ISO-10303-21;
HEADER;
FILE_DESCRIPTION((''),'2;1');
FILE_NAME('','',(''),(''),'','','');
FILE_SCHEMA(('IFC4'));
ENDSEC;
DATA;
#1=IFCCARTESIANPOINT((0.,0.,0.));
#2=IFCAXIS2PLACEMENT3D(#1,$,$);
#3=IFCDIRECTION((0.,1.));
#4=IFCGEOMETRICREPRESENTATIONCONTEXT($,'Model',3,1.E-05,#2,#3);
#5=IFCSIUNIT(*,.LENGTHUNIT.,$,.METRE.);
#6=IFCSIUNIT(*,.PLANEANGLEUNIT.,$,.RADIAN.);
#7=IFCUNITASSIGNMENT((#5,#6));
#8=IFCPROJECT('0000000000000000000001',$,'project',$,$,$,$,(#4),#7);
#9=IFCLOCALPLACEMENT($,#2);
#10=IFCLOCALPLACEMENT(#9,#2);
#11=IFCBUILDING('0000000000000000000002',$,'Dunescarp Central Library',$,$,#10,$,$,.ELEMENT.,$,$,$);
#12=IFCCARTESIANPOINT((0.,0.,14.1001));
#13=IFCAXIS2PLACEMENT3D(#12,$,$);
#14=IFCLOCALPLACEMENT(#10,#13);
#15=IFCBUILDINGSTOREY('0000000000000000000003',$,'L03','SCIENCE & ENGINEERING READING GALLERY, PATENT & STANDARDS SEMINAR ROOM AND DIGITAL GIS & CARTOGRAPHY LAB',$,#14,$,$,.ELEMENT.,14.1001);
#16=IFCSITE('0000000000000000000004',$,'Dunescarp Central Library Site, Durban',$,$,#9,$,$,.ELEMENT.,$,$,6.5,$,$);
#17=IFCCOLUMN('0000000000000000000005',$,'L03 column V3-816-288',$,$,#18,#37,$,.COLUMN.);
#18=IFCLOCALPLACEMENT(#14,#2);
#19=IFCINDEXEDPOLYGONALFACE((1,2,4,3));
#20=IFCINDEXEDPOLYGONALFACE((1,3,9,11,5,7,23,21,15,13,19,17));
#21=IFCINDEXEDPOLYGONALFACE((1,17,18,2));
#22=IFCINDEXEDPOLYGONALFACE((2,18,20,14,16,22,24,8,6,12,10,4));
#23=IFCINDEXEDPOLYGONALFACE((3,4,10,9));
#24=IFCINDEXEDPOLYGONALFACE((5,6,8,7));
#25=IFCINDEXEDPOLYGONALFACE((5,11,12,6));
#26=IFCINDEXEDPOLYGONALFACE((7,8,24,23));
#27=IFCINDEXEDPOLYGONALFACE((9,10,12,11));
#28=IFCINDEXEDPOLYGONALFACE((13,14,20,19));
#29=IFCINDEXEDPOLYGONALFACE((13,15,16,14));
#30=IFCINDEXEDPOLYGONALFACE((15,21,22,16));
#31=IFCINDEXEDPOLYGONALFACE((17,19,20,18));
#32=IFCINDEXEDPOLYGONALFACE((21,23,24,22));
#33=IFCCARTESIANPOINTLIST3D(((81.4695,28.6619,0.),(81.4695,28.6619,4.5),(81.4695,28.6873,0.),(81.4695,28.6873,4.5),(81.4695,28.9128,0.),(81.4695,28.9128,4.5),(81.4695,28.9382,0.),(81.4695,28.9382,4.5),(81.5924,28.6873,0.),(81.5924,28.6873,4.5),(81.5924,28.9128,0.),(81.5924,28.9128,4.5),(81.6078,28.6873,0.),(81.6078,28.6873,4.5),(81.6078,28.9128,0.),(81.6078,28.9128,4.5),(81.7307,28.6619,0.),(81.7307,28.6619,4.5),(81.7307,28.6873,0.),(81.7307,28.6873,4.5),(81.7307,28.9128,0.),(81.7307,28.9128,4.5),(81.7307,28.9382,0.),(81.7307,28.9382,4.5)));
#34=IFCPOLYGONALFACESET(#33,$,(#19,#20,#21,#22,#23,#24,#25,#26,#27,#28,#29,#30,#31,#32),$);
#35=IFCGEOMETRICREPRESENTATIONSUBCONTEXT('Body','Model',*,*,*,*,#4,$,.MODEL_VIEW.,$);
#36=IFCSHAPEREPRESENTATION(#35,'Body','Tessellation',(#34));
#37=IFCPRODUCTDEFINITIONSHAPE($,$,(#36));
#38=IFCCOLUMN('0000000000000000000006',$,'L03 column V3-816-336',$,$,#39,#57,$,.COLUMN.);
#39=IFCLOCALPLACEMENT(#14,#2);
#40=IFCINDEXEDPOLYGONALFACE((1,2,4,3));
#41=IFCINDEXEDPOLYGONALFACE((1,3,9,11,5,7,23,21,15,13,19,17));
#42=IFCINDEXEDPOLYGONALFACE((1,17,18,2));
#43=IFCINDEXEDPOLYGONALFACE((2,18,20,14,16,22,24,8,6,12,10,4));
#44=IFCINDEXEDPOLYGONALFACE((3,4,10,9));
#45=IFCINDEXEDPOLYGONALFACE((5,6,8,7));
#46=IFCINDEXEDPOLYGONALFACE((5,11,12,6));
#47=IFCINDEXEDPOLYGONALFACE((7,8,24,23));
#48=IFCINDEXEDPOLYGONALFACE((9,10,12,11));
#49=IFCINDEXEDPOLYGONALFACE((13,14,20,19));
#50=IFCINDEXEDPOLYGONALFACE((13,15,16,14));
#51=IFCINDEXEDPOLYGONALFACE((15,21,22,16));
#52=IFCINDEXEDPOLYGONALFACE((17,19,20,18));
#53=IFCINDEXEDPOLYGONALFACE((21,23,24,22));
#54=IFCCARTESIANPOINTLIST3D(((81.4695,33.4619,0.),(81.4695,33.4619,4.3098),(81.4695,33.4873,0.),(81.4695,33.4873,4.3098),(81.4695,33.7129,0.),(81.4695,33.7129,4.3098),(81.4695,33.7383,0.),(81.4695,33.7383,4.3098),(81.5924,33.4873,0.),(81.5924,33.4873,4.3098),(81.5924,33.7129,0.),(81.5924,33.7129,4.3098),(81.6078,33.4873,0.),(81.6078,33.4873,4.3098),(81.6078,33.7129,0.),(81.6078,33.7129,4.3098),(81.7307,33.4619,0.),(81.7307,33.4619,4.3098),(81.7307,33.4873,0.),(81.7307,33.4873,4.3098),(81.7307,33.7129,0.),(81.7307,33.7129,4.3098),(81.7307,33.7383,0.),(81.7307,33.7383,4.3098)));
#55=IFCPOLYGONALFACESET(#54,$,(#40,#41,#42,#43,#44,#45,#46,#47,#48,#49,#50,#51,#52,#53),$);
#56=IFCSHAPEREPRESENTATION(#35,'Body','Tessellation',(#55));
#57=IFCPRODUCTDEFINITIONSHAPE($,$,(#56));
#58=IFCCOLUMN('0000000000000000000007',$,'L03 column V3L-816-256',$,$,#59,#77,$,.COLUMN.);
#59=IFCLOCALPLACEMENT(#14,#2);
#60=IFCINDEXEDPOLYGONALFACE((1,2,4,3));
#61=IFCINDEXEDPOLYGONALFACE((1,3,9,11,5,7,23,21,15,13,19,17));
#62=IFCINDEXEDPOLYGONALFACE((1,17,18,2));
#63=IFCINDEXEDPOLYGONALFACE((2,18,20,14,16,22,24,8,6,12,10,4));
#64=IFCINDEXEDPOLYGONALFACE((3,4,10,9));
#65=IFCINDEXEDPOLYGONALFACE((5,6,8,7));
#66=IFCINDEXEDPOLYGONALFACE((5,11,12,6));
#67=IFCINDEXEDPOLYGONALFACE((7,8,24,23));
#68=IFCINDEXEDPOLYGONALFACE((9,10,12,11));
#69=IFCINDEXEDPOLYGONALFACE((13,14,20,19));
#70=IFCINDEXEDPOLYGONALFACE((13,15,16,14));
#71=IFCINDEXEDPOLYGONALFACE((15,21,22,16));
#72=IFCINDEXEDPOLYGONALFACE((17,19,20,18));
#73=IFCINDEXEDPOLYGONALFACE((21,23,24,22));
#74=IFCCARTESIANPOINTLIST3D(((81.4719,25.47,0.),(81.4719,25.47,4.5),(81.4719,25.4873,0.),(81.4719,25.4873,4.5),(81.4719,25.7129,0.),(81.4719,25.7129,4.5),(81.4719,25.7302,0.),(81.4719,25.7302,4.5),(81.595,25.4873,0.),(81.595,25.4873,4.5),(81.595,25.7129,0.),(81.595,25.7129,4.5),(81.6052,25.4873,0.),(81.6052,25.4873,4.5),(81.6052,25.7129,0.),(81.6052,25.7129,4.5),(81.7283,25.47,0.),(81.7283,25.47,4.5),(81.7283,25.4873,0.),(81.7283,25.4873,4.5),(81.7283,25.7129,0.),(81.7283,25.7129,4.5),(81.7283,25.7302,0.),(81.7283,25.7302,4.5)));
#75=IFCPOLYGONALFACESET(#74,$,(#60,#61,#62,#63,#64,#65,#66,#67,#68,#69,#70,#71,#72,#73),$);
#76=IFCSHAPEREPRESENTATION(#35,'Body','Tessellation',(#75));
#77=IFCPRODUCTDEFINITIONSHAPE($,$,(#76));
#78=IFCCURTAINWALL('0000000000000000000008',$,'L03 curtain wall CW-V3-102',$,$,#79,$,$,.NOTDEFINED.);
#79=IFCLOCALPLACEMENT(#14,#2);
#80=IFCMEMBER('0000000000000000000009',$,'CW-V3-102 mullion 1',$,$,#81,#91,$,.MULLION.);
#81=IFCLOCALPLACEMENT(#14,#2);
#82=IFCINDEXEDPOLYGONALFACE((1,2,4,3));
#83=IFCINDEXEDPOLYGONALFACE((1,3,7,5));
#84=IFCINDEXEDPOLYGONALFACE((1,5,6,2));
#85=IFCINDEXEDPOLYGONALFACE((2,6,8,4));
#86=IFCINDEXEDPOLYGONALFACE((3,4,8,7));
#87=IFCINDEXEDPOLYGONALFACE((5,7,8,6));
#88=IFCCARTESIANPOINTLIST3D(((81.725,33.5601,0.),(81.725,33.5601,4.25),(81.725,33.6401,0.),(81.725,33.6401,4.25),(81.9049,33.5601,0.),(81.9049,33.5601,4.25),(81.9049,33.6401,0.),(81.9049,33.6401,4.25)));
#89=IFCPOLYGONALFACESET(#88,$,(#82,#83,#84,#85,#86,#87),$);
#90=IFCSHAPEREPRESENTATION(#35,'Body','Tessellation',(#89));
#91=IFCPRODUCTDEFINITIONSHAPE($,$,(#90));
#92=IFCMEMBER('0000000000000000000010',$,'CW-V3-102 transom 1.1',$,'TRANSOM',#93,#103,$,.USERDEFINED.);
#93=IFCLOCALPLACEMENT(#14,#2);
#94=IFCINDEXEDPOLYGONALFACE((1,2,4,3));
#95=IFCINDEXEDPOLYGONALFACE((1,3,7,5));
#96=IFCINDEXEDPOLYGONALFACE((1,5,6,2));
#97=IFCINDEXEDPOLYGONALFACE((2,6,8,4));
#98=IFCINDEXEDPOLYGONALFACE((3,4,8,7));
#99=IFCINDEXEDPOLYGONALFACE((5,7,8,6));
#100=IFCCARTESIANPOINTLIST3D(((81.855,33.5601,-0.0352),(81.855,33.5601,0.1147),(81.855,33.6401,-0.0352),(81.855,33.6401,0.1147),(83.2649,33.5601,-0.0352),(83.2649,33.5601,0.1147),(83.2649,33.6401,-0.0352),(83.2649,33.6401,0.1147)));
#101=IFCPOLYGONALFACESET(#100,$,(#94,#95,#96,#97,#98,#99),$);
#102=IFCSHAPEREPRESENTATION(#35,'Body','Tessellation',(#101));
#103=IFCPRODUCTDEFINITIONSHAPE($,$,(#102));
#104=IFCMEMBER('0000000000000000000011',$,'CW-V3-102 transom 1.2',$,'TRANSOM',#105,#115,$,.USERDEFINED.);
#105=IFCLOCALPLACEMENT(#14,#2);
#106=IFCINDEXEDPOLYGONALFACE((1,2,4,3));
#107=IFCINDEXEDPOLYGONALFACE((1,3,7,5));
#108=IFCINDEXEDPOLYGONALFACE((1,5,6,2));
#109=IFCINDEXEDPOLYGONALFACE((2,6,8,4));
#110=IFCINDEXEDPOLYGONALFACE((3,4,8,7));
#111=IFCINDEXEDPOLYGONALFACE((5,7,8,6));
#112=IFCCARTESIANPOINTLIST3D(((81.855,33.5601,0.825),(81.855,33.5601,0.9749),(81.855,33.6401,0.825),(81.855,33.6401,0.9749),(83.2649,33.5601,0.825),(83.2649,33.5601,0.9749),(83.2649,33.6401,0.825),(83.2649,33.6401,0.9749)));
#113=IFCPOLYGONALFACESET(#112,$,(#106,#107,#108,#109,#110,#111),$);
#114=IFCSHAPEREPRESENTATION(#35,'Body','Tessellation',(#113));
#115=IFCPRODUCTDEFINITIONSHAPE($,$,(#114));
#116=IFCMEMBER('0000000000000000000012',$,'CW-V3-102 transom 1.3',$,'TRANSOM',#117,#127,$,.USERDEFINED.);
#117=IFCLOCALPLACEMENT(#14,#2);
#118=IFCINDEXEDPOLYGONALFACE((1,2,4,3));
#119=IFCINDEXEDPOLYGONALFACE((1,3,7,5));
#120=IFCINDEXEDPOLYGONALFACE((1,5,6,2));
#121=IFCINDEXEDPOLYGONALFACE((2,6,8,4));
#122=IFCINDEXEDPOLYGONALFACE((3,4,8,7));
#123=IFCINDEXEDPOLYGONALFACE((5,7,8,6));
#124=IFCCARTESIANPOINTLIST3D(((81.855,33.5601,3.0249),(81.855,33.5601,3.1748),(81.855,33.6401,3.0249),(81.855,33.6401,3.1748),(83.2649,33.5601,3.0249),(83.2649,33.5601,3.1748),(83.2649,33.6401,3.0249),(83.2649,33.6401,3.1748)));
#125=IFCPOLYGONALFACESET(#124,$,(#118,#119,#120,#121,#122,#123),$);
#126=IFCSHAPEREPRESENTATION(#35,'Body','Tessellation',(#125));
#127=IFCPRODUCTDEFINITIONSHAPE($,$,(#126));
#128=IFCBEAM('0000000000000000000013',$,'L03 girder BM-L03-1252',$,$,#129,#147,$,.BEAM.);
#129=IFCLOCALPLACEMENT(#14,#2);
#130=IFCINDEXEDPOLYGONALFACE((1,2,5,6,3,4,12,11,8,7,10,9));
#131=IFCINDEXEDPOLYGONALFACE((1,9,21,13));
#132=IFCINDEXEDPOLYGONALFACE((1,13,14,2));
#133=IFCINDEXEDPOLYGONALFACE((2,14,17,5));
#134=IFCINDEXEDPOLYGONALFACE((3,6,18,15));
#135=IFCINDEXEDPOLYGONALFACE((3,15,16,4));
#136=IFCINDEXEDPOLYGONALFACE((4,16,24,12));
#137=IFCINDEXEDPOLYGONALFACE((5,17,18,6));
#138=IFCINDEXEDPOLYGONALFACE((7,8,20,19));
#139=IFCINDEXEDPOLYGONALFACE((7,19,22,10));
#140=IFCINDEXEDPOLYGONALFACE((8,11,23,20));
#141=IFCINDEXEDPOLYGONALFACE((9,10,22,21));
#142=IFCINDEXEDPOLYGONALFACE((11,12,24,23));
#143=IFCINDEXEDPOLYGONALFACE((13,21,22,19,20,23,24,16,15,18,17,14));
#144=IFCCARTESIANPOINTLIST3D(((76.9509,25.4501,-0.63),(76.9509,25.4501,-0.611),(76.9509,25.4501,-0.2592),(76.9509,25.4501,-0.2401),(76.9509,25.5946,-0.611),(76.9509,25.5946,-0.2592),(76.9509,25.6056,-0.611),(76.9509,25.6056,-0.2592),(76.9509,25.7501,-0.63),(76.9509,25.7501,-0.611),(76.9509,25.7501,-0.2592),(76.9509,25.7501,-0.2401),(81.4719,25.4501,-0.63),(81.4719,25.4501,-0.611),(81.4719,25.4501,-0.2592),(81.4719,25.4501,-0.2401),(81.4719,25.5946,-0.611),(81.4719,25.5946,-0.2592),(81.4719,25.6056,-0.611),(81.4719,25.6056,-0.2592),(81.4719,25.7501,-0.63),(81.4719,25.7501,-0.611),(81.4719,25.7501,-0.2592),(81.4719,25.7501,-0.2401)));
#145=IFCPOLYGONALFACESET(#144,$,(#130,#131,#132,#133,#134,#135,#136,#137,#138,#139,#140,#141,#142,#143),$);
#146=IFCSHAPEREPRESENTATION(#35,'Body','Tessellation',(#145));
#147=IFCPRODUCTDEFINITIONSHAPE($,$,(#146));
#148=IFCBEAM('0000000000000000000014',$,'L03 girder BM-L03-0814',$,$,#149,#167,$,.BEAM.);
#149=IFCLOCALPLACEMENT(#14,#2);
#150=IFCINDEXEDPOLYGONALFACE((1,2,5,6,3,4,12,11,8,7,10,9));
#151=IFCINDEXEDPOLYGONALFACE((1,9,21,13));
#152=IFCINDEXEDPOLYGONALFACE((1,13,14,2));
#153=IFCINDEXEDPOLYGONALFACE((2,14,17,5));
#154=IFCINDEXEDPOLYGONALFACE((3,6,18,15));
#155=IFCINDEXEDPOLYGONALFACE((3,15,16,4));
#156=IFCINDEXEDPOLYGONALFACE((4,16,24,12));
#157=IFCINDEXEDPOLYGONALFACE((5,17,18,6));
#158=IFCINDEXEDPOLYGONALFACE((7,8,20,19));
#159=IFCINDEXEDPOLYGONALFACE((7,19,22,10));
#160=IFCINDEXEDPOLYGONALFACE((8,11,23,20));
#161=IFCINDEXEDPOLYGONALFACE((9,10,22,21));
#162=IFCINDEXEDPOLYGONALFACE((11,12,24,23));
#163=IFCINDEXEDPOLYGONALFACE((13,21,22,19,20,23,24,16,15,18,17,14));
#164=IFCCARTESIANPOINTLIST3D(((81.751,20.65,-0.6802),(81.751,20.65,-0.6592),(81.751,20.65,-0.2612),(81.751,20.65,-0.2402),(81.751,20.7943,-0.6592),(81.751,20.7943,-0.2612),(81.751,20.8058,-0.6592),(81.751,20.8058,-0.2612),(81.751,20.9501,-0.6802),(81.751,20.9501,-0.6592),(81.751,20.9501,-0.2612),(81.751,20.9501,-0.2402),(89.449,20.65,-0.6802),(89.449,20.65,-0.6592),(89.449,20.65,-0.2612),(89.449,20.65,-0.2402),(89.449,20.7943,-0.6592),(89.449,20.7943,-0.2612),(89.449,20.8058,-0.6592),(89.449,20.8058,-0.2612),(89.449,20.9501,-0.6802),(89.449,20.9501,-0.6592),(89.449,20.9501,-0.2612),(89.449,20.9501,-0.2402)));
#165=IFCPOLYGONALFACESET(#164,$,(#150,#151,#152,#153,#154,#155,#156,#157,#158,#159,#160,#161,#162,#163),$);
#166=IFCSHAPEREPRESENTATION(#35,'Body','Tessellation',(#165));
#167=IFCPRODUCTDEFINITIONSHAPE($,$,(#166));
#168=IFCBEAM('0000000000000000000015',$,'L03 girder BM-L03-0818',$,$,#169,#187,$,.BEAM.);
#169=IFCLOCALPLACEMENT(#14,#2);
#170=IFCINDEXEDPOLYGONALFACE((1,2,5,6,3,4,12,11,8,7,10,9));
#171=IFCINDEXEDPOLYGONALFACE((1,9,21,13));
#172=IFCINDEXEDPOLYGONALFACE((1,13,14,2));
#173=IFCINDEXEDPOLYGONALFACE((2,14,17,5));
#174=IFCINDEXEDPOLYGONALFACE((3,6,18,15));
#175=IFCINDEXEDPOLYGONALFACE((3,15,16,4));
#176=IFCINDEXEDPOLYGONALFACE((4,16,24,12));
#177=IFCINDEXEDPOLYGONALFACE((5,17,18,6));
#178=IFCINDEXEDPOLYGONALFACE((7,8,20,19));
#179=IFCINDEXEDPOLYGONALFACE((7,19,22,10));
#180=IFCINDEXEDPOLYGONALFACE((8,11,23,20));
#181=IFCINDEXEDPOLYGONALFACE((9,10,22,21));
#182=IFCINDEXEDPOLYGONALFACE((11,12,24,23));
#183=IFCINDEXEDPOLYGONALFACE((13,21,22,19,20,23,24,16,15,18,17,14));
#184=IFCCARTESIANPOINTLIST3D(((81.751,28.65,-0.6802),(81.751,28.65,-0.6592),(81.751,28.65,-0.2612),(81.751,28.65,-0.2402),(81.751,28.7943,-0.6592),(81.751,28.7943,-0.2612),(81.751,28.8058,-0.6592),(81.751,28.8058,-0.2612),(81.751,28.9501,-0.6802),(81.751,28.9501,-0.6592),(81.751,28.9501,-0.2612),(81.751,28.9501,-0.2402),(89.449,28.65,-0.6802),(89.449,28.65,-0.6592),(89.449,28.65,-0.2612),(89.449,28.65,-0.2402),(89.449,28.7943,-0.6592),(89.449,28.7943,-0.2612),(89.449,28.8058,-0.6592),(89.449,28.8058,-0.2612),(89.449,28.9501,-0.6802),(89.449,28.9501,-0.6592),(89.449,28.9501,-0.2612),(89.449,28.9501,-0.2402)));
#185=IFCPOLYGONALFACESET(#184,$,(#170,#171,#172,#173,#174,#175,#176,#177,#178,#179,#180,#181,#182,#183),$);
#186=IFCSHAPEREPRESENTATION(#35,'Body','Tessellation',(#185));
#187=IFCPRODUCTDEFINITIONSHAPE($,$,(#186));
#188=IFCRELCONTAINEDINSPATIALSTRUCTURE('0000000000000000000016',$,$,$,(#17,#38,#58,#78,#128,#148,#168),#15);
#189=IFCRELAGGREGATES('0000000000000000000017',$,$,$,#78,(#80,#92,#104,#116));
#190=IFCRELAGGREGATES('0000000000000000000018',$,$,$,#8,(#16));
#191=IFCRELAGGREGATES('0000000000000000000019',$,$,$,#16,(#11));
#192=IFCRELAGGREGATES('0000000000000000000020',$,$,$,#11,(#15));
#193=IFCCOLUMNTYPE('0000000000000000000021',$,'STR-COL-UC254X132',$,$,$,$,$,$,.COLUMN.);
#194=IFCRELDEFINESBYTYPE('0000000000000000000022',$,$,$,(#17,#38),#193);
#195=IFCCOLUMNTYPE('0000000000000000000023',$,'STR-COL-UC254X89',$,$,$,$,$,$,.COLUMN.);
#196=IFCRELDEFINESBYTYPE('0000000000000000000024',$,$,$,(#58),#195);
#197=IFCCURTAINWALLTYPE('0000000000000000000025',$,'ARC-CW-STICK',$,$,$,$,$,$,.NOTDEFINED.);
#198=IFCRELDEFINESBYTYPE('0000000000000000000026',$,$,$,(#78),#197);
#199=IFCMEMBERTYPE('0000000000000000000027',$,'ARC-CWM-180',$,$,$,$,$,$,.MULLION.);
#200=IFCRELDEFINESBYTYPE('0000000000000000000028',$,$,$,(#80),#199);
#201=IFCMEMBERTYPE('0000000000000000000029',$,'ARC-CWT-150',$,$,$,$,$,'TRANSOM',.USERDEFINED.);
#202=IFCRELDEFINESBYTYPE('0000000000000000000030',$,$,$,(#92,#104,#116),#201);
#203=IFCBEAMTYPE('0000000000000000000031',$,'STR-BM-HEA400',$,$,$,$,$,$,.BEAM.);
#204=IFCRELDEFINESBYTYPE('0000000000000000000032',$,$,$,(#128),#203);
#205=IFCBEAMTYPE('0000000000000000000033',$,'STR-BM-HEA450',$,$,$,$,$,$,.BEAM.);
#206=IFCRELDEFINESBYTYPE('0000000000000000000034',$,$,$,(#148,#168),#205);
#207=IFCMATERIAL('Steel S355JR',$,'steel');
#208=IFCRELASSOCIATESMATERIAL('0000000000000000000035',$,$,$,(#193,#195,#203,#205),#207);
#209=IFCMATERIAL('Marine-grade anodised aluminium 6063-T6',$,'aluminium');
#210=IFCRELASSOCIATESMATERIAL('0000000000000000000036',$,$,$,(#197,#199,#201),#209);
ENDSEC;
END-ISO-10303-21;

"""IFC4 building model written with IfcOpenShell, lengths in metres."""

from ifc_helpers import new_model, si_unit, direction, frame, origin, origin_2d, place, context, subcontext, project, spatial, rectangle, i_section, extrude, material, material_profile, profile_set, type_object, element, aggregate, save


model = new_model("IFC4")

# Units and contexts
model_context = context("Model", 3, precision=1e-05, world=origin(), true_north=direction((0.0, 1.0)))
body_context = subcontext(model_context, "Body", "Model", "MODEL_VIEW")
ifc_project = project(units=[si_unit("LENGTHUNIT", "METRE"), si_unit("PLANEANGLEUNIT", "RADIAN")], contexts=[model_context])

# Site, building, storey
site_placement = place(None, origin())
site = spatial("IfcSite", under=ifc_project, at=site_placement, Name="Dunescarp Central Library Site, Durban", CompositionType="ELEMENT", RefElevation=6.5)
building_placement = place(site_placement, origin())
building = spatial("IfcBuilding", under=site, at=building_placement, Name="Dunescarp Central Library", CompositionType="ELEMENT")
storey_placement = place(building_placement, frame((0.0, 0.0, 14.1001)))
storey = spatial("IfcBuildingStorey", under=building, at=storey_placement, Name="L03", Description="SCIENCE & ENGINEERING READING GALLERY, PATENT & STANDARDS SEMINAR ROOM AND DIGITAL GIS & CARTOGRAPHY LAB", CompositionType="ELEMENT", Elevation=14.1001)

# Columns
ifc_material_1 = material(Name="Steel S355JR", Category="steel")
ifc_material_profile_1 = material_profile(ifc_material_1, i_section(OverallWidth=0.2612, OverallDepth=0.2764, WebThickness=0.0154, FlangeThickness=0.0254, at=origin_2d()), Name="UC 254x254x132")
ifc_profile_set_1 = profile_set([ifc_material_profile_1], Name="Steel S355JR")
column_type_1 = type_object("IfcColumnType", Name="STR-COL-UC254X132", PredefinedType="COLUMN", material=ifc_profile_set_1)
column_1_placement = place(storey_placement, frame((81.6001, 28.8, 0.0), z_axis=(0.0, 0.0, 1.0), x_axis=(1.0, 0.0, 0.0)))
element("IfcColumn", 1, at=column_1_placement, inside=storey, type_object=column_type_1, Name="L03 column V3-816-288", PredefinedType="COLUMN", context=body_context, shape_type="SweptSolid", body=[
    extrude(i_section(OverallWidth=0.2612, OverallDepth=0.2764, WebThickness=0.0154, FlangeThickness=0.0254, at=origin_2d()), origin(), (0.0, 0.0, 1.0), 4.5),
])
column_2_placement = place(storey_placement, frame((81.6001, 33.6001, 0.0), z_axis=(0.0, 0.0, 1.0), x_axis=(1.0, 0.0, 0.0)))
element("IfcColumn", 2, at=column_2_placement, inside=storey, type_object=column_type_1, Name="L03 column V3-816-336", PredefinedType="COLUMN", context=body_context, shape_type="SweptSolid", body=[
    extrude(i_section(OverallWidth=0.2612, OverallDepth=0.2764, WebThickness=0.0154, FlangeThickness=0.0254, at=origin_2d()), origin(), (0.0, 0.0, 1.0), 4.3098),
])
ifc_material_profile_2 = material_profile(ifc_material_1, i_section(OverallWidth=0.2563, OverallDepth=0.2603, WebThickness=0.0103, FlangeThickness=0.0173, at=origin_2d()), Name="UC 254x254x89")
ifc_profile_set_2 = profile_set([ifc_material_profile_2], Name="Steel S355JR")
column_type_2 = type_object("IfcColumnType", Name="STR-COL-UC254X89", PredefinedType="COLUMN", material=ifc_profile_set_2)
column_3_placement = place(storey_placement, frame((81.6001, 25.6001, 0.0), z_axis=(0.0, 0.0, 1.0), x_axis=(1.0, 0.0, 0.0)))
element("IfcColumn", 3, at=column_3_placement, inside=storey, type_object=column_type_2, Name="L03 column V3L-816-256", PredefinedType="COLUMN", context=body_context, shape_type="SweptSolid", body=[
    extrude(i_section(OverallWidth=0.2563, OverallDepth=0.2603, WebThickness=0.0103, FlangeThickness=0.0173, at=origin_2d()), origin(), (0.0, 0.0, 1.0), 4.5),
])

# Curtain wall, members
ifc_material_2 = material(Name="Marine-grade anodised aluminium 6063-T6", Category="aluminium")
curtain_wall_type = type_object("IfcCurtainWallType", Name="ARC-CW-STICK", PredefinedType="NOTDEFINED", material=ifc_material_2)
curtain_wall_placement = place(storey_placement, origin())
curtain_wall = element("IfcCurtainWall", 4, at=curtain_wall_placement, inside=storey, type_object=curtain_wall_type, Name="L03 curtain wall CW-V3-102", PredefinedType="NOTDEFINED")
ifc_material_profile_3 = material_profile(ifc_material_2, rectangle(XDim=0.0801, YDim=0.1799, at=origin_2d()), Name="AL 80x180")
ifc_profile_set_3 = profile_set([ifc_material_profile_3], Name="Marine-grade anodised aluminium 6063-T6")
member_type_1 = type_object("IfcMemberType", Name="ARC-CWM-180", PredefinedType="MULLION", material=ifc_profile_set_3)
member_1_placement = place(storey_placement, frame((81.8149, 33.6001, 0.0), z_axis=(0.0, 0.0, 1.0), x_axis=(0.0, 1.0, 0.0)))
member_1 = element("IfcMember", 5, at=member_1_placement, type_object=member_type_1, Name="CW-V3-102 mullion 1", PredefinedType="MULLION", context=body_context, shape_type="SweptSolid", body=[
    extrude(rectangle(XDim=0.0801, YDim=0.1799, at=origin_2d()), origin(), (0.0, 0.0, 1.0), 4.25),
])
ifc_material_profile_4 = material_profile(ifc_material_2, rectangle(XDim=0.0801, YDim=0.1499, at=origin_2d()), Name="AL 80x150")
ifc_profile_set_4 = profile_set([ifc_material_profile_4], Name="Marine-grade anodised aluminium 6063-T6")
member_type_2 = type_object("IfcMemberType", Name="ARC-CWT-150", ElementType="TRANSOM", PredefinedType="USERDEFINED", material=ifc_profile_set_4)
member_2_placement = place(storey_placement, frame((81.855, 33.6001, 0.0398), z_axis=(1.0, 0.0, 0.0), x_axis=(0.0, 1.0, 0.0)))
member_2 = element("IfcMember", 6, at=member_2_placement, type_object=member_type_2, Name="CW-V3-102 transom 1.1", ObjectType="TRANSOM", PredefinedType="USERDEFINED", context=body_context, shape_type="SweptSolid", body=[
    extrude(rectangle(XDim=0.0801, YDim=0.1499, at=origin_2d()), origin(), (0.0, 0.0, 1.0), 1.4099),
])
member_3_placement = place(storey_placement, frame((81.855, 33.6001, 0.8999), z_axis=(1.0, 0.0, 0.0), x_axis=(0.0, 1.0, 0.0)))
member_3 = element("IfcMember", 7, at=member_3_placement, type_object=member_type_2, Name="CW-V3-102 transom 1.2", ObjectType="TRANSOM", PredefinedType="USERDEFINED", context=body_context, shape_type="SweptSolid", body=[
    extrude(rectangle(XDim=0.0801, YDim=0.1499, at=origin_2d()), origin(), (0.0, 0.0, 1.0), 1.4099),
])
member_4_placement = place(storey_placement, frame((81.855, 33.6001, 3.0999), z_axis=(1.0, 0.0, 0.0), x_axis=(0.0, 1.0, 0.0)))
member_4 = element("IfcMember", 8, at=member_4_placement, type_object=member_type_2, Name="CW-V3-102 transom 1.3", ObjectType="TRANSOM", PredefinedType="USERDEFINED", context=body_context, shape_type="SweptSolid", body=[
    extrude(rectangle(XDim=0.0801, YDim=0.1499, at=origin_2d()), origin(), (0.0, 0.0, 1.0), 1.4099),
])
aggregate(curtain_wall, [member_1, member_2, member_3, member_4])

# Beams
ifc_material_profile_5 = material_profile(ifc_material_1, i_section(OverallWidth=0.3, OverallDepth=0.3899, WebThickness=0.011, FlangeThickness=0.019, at=origin_2d()), Name="HEA 400")
ifc_profile_set_5 = profile_set([ifc_material_profile_5], Name="Steel S355JR")
beam_type_1 = type_object("IfcBeamType", Name="STR-BM-HEA400", PredefinedType="BEAM", material=ifc_profile_set_5)
beam_1_placement = place(storey_placement, frame((76.9509, 25.6001, -0.4351), z_axis=(1.0, 0.0, 0.0), x_axis=(0.0, 1.0, 0.0)))
element("IfcBeam", 9, at=beam_1_placement, inside=storey, type_object=beam_type_1, Name="L03 girder BM-L03-1252", PredefinedType="BEAM", context=body_context, shape_type="SweptSolid", body=[
    extrude(i_section(OverallWidth=0.3, OverallDepth=0.3899, WebThickness=0.011, FlangeThickness=0.019, at=origin_2d()), origin(), (0.0, 0.0, 1.0), 4.521),
])
ifc_material_profile_6 = material_profile(ifc_material_1, i_section(OverallWidth=0.3, OverallDepth=0.4399, WebThickness=0.0115, FlangeThickness=0.021, at=origin_2d()), Name="HEA 450")
ifc_profile_set_6 = profile_set([ifc_material_profile_6], Name="Steel S355JR")
beam_type_2 = type_object("IfcBeamType", Name="STR-BM-HEA450", PredefinedType="BEAM", material=ifc_profile_set_6)
for number, where, z_axis, x_axis, name in (
    (10, (81.751, 20.8, -0.4602), (1.0, 0.0, 0.0), (0.0, 1.0, 0.0), "L03 girder BM-L03-0814"),
    (11, (81.751, 28.8, -0.4602), (1.0, 0.0, 0.0), (0.0, 1.0, 0.0), "L03 girder BM-L03-0818"),
):
    element("IfcBeam", number, at=place(storey_placement, frame(where, z_axis=z_axis, x_axis=x_axis)), inside=storey, type_object=beam_type_2, Name=name, PredefinedType="BEAM", context=body_context, shape_type="SweptSolid", body=[
        extrude(i_section(OverallWidth=0.3, OverallDepth=0.4399, WebThickness=0.0115, FlangeThickness=0.021, at=origin_2d()), origin(), (0.0, 0.0, 1.0), 7.698),
    ])

save(model, "model.ifc")
